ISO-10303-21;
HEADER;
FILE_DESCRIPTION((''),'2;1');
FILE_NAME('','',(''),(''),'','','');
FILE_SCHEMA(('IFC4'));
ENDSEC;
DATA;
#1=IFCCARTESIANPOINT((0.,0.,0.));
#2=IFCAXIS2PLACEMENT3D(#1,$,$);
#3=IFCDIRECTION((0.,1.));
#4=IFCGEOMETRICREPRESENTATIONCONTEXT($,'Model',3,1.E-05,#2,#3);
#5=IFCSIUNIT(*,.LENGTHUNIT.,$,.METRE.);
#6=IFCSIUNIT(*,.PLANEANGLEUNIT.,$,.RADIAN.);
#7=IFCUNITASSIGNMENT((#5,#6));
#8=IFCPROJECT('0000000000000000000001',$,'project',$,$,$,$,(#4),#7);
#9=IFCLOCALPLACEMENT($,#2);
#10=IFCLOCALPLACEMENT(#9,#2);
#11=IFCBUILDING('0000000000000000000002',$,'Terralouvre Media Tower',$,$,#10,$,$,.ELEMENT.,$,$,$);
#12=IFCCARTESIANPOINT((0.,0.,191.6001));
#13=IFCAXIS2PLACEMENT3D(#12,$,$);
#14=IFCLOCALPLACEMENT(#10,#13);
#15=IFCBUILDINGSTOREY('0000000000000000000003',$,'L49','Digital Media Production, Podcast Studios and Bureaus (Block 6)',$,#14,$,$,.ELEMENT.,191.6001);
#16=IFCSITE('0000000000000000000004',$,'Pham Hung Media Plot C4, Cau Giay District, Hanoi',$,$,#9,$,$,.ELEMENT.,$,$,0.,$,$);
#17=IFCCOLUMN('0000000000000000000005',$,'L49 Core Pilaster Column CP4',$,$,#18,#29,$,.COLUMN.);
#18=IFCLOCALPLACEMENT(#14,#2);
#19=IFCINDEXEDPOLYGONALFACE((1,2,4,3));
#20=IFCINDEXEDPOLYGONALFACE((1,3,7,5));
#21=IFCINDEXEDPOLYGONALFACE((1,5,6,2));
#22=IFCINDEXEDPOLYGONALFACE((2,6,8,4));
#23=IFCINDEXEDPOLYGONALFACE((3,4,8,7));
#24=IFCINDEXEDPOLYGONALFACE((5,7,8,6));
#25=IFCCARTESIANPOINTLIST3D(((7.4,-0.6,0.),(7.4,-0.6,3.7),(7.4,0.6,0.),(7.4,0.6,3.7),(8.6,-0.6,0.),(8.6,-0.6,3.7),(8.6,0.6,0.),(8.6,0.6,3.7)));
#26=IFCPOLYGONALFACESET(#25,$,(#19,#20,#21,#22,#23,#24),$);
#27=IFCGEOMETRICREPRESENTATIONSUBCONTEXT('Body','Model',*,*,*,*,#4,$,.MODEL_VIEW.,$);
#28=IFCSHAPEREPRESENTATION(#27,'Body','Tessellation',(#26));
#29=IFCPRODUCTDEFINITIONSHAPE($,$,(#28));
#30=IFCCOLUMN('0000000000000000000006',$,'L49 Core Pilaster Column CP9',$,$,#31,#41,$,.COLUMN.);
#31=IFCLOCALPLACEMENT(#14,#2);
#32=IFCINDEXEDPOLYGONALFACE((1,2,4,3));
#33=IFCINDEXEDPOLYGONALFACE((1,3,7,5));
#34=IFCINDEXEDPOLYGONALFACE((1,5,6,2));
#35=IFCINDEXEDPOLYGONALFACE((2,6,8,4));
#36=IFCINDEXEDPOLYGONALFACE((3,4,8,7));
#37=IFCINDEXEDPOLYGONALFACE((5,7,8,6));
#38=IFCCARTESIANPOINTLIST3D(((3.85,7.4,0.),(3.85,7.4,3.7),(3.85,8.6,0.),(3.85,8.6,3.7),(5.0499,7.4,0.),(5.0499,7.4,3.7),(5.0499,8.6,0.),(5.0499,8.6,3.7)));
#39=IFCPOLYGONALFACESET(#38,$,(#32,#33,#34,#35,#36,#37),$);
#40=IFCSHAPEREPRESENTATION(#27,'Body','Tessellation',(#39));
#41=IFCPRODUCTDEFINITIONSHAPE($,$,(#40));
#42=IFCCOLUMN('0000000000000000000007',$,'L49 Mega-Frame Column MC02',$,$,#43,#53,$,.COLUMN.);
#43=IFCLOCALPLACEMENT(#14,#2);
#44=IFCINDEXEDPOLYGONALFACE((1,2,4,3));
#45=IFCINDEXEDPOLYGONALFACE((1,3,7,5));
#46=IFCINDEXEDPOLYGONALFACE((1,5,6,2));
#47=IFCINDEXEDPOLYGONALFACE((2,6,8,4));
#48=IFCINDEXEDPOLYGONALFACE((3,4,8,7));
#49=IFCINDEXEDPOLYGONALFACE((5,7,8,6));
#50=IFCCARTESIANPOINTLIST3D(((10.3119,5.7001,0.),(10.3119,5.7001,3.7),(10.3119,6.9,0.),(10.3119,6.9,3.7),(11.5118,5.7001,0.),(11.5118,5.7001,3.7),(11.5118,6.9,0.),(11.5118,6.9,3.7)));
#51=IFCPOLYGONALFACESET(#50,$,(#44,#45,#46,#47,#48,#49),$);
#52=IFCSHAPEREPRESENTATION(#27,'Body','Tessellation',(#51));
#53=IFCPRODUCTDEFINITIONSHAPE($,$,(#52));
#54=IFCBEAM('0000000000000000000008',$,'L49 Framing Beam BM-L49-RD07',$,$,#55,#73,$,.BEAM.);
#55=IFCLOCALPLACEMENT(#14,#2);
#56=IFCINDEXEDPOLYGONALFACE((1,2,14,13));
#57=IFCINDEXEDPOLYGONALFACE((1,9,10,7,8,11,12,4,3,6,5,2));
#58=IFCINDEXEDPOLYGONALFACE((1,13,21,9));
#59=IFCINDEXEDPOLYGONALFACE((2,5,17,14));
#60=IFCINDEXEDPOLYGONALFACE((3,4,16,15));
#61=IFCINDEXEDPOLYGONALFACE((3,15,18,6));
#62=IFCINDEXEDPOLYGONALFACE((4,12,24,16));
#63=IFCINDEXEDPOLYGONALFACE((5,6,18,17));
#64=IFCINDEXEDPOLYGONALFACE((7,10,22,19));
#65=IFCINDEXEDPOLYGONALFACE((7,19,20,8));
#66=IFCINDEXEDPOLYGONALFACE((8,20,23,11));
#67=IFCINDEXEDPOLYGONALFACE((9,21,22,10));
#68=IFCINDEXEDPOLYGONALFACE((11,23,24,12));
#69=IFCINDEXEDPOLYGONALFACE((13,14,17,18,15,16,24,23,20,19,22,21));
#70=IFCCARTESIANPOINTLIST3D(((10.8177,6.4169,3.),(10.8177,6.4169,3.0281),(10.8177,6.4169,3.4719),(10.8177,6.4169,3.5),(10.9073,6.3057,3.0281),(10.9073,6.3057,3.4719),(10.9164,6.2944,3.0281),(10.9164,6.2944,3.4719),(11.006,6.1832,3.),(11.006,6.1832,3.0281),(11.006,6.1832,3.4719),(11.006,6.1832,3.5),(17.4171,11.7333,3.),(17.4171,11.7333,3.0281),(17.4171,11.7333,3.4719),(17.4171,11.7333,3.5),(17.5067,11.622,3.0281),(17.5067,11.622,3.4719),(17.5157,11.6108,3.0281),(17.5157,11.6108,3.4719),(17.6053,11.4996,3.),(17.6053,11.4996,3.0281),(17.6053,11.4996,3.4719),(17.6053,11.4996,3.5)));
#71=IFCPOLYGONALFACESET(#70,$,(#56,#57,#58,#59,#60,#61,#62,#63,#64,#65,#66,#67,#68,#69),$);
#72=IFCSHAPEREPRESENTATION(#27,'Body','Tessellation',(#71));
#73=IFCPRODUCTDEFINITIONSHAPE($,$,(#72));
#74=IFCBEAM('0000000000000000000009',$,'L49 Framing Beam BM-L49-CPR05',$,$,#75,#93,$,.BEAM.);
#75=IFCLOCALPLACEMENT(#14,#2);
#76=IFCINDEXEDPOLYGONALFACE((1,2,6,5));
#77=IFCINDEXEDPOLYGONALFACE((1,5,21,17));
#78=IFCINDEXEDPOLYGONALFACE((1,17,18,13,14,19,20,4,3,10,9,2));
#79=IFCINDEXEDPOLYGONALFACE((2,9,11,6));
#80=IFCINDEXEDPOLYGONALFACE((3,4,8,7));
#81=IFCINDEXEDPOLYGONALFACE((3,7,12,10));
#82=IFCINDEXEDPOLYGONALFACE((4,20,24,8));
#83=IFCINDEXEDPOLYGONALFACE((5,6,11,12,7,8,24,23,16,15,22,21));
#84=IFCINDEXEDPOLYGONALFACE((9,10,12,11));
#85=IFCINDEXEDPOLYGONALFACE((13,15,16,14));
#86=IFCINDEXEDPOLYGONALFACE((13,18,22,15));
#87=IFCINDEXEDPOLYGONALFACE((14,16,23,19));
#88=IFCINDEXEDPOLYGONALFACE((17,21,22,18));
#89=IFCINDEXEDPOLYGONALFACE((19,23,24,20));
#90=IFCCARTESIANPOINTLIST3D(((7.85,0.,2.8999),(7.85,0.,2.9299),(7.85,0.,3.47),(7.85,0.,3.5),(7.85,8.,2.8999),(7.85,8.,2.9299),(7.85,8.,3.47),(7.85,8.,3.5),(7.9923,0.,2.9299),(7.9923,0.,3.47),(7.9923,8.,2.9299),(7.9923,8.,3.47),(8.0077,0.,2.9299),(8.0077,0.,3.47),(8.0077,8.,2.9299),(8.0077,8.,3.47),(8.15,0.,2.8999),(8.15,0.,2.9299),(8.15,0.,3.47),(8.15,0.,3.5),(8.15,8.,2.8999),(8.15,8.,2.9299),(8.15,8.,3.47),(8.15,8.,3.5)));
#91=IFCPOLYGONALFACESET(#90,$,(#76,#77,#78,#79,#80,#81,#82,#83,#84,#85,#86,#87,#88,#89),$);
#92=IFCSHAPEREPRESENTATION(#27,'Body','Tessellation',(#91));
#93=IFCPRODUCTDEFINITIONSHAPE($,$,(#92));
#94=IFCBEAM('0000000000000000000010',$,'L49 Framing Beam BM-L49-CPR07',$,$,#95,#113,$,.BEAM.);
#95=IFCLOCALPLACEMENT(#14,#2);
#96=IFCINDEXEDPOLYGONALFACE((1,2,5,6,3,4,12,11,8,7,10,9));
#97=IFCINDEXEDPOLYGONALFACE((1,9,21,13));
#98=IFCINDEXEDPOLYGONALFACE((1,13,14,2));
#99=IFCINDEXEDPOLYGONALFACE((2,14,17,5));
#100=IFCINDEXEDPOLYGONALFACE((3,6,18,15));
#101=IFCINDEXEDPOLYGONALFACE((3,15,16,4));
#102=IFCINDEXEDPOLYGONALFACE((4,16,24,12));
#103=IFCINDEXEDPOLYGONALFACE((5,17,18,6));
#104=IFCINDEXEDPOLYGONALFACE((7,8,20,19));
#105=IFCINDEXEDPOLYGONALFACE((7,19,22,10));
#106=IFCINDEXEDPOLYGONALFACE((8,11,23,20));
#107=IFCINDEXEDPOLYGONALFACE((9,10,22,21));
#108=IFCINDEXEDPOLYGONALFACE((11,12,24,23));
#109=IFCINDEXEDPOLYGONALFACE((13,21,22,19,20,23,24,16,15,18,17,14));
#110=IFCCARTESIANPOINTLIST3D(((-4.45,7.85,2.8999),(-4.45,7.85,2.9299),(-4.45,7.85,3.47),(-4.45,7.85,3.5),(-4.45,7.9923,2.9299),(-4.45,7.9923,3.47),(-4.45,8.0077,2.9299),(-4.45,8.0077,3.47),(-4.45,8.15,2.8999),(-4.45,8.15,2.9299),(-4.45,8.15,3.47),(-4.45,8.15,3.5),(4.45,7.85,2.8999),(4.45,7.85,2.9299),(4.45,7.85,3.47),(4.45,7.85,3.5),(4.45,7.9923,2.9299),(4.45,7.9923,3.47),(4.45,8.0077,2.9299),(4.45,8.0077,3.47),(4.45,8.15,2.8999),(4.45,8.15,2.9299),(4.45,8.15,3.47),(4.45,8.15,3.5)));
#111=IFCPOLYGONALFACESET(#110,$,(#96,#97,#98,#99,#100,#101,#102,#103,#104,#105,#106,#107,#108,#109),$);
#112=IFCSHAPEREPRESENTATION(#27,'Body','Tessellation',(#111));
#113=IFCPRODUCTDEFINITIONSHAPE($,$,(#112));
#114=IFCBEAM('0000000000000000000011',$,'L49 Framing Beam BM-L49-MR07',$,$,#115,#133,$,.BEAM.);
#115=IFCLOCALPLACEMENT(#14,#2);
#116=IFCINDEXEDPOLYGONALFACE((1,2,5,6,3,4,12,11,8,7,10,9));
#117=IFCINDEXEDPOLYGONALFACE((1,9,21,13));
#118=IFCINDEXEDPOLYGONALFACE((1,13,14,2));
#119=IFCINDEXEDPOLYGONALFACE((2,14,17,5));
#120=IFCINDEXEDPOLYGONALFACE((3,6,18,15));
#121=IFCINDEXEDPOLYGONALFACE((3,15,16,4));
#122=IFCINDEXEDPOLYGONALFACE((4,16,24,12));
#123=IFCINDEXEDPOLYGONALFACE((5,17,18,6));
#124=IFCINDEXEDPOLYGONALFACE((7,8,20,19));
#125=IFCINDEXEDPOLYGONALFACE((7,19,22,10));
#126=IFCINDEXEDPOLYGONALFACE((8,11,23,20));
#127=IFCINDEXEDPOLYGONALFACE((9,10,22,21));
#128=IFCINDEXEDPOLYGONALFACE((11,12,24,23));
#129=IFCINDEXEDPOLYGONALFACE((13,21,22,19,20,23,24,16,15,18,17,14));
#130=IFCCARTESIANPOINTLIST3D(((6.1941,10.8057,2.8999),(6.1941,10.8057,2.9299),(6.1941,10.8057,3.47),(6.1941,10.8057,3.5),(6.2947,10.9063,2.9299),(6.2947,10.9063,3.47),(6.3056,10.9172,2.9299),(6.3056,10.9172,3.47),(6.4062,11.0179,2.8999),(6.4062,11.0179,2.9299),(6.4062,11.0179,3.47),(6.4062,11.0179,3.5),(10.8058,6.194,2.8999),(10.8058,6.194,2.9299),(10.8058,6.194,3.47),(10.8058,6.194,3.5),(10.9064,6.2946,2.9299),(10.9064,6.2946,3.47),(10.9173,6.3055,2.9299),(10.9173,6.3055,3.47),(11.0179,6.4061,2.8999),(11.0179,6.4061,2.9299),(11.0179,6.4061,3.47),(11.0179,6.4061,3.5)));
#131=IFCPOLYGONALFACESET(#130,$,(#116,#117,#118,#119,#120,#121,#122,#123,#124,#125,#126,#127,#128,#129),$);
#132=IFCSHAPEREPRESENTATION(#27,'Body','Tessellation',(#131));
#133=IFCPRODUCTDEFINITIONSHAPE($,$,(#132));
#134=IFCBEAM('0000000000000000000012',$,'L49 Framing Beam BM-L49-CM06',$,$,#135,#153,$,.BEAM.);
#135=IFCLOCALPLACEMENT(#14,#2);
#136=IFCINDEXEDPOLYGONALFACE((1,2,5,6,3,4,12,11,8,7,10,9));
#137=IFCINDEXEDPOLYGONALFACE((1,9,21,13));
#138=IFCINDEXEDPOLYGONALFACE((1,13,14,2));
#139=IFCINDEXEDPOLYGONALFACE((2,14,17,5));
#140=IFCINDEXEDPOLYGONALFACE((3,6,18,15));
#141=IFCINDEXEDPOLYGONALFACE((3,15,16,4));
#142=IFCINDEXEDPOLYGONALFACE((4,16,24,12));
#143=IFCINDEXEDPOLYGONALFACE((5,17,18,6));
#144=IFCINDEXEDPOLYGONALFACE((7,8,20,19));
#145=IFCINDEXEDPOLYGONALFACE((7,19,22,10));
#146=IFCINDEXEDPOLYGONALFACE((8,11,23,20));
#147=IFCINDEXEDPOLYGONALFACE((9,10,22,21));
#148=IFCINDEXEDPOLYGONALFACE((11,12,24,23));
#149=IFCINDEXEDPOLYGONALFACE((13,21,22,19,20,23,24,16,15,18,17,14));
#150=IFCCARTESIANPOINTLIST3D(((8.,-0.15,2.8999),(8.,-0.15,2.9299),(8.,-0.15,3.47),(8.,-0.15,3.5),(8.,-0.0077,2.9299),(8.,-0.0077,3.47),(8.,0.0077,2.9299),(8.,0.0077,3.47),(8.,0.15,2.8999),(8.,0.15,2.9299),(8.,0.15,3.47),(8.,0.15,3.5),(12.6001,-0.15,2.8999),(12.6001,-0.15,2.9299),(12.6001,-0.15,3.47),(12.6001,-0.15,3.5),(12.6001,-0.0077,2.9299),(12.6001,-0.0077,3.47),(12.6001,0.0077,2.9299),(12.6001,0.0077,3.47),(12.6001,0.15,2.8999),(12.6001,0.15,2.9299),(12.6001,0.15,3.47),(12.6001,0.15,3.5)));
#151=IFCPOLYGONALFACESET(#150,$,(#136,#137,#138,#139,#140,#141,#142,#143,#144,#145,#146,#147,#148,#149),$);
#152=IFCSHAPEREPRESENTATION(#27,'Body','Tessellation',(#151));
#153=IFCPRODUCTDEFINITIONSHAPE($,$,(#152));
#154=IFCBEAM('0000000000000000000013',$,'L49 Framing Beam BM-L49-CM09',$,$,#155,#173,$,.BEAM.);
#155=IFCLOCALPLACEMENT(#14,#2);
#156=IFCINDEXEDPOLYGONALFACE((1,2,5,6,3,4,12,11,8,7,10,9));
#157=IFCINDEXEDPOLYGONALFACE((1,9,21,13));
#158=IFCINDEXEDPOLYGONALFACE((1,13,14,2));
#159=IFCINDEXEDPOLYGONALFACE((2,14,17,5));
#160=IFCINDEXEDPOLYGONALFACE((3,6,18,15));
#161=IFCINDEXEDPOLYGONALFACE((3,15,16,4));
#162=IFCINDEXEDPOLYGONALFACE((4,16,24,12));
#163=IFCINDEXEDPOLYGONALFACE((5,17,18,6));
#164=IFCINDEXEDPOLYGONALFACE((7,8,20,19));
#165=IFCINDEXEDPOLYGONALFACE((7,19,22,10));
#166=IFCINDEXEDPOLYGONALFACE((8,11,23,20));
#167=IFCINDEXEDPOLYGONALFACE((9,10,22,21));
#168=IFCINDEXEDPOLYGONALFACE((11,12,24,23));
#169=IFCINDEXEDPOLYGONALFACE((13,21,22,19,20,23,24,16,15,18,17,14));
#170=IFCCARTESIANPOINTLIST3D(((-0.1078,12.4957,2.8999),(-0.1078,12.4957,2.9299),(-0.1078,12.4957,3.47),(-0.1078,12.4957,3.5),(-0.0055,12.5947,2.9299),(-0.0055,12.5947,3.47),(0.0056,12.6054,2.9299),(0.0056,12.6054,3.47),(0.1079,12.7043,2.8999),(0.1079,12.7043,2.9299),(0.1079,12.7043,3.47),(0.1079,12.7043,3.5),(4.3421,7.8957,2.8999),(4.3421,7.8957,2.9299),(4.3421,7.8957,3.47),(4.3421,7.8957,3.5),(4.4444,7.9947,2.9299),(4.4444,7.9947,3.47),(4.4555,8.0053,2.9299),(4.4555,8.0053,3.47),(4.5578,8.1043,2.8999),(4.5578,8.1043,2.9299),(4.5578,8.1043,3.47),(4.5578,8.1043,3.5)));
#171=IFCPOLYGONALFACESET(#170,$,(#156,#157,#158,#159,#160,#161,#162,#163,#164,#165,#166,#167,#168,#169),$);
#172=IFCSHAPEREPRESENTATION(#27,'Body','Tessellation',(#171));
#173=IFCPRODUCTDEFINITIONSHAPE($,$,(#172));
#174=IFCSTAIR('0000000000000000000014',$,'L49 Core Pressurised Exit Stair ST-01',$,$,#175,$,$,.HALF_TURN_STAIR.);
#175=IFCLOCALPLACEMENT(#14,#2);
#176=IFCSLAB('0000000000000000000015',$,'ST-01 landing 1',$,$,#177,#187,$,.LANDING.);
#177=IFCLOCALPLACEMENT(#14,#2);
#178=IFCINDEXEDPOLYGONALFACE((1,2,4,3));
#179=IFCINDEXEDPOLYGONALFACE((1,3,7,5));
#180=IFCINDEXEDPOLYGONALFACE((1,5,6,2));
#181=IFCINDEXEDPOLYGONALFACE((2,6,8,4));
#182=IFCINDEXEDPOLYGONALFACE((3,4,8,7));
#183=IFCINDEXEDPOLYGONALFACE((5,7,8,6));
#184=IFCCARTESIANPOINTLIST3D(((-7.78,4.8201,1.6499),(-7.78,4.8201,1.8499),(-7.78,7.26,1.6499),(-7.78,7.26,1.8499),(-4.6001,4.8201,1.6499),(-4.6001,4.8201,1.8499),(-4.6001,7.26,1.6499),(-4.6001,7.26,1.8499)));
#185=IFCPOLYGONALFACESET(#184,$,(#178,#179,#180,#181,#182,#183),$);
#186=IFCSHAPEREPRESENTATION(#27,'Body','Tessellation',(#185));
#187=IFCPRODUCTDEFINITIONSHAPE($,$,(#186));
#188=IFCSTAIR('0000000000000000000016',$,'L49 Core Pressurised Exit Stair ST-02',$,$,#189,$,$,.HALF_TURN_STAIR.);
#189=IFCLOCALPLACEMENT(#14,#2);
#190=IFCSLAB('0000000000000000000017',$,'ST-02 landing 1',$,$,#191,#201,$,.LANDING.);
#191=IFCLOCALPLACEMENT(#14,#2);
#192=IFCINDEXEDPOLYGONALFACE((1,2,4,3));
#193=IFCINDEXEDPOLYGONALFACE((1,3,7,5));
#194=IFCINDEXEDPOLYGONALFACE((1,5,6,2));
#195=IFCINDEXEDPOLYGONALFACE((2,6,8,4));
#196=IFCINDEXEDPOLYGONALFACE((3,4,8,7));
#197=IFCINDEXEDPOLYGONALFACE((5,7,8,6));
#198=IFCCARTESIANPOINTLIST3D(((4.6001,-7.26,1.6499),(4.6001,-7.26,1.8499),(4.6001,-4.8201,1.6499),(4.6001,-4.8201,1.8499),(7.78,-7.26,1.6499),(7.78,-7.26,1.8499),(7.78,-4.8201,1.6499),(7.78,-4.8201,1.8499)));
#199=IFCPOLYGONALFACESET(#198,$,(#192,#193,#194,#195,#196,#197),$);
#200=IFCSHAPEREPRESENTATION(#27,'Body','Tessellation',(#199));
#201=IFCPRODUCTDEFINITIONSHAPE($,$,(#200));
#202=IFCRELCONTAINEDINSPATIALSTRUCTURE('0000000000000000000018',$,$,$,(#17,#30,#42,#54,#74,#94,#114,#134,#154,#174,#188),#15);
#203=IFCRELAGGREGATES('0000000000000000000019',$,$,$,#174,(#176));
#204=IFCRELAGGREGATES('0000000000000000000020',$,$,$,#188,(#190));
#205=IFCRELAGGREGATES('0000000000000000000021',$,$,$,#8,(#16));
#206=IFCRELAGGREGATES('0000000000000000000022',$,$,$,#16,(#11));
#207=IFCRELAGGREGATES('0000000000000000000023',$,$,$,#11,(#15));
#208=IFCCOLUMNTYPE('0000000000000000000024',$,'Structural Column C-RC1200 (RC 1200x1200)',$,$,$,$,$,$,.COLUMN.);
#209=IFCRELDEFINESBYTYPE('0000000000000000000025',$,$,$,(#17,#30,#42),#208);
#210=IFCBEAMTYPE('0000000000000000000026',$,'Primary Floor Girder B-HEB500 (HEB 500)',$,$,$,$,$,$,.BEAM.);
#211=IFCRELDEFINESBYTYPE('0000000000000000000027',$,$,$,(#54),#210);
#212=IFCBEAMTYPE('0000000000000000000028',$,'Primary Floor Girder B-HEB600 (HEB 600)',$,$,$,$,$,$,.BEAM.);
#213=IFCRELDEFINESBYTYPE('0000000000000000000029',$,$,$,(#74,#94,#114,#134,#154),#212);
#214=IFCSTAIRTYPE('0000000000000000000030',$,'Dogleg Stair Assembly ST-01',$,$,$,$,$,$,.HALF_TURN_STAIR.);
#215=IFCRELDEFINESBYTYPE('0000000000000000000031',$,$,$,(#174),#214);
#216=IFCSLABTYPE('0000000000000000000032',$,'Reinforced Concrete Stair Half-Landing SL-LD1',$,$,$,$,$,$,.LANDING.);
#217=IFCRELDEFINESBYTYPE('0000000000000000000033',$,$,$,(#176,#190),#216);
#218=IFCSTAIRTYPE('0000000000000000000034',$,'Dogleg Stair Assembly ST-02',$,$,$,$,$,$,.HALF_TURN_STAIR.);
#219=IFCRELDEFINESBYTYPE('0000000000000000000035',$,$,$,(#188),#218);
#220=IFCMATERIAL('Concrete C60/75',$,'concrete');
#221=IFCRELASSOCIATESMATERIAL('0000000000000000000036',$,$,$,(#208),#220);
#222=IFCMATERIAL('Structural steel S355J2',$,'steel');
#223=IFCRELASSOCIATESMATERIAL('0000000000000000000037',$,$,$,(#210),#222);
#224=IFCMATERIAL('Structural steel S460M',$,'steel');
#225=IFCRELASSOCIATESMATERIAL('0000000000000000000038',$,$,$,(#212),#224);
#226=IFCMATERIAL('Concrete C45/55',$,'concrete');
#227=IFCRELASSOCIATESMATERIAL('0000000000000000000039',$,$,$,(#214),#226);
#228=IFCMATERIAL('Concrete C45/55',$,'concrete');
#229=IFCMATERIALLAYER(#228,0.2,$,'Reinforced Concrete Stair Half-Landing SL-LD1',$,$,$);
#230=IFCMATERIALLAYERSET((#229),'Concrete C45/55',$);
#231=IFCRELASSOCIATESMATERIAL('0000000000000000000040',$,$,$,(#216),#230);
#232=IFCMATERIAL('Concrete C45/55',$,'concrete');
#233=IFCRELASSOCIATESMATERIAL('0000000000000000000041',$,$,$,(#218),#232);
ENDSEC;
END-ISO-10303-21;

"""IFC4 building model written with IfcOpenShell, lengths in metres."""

from ifc_helpers import new_model, si_unit, direction, frame, origin, origin_2d, place, context, subcontext, project, spatial, polyline, rectangle, i_section, outline, extrude, material, layer, layer_set, material_profile, profile_set, type_object, element, aggregate, save


model = new_model("IFC4")

# Units and contexts
model_context = context("Model", 3, precision=1e-05, world=origin(), true_north=direction((0.0, 1.0)))
body_context = subcontext(model_context, "Body", "Model", "MODEL_VIEW")
ifc_project = project(units=[si_unit("LENGTHUNIT", "METRE"), si_unit("PLANEANGLEUNIT", "RADIAN")], contexts=[model_context])

# Site, building, storey
site_placement = place(None, origin())
site = spatial("IfcSite", under=ifc_project, at=site_placement, Name="Pham Hung Media Plot C4, Cau Giay District, Hanoi", CompositionType="ELEMENT", RefElevation=0.0)
building_placement = place(site_placement, origin())
building = spatial("IfcBuilding", under=site, at=building_placement, Name="Terralouvre Media Tower", CompositionType="ELEMENT")
storey_placement = place(building_placement, frame((0.0, 0.0, 191.6001)))
storey = spatial("IfcBuildingStorey", under=building, at=storey_placement, Name="L49", Description="Digital Media Production, Podcast Studios and Bureaus (Block 6)", CompositionType="ELEMENT", Elevation=191.6001)

# Columns
ifc_material_1 = material(Name="Concrete C60/75", Category="concrete")
ifc_material_profile_1 = material_profile(ifc_material_1, rectangle(XDim=1.2, YDim=1.2, at=origin_2d()), Name="RC 1200x1200")
ifc_profile_set_1 = profile_set([ifc_material_profile_1], Name="Concrete C60/75")
column_type = type_object("IfcColumnType", Name="Structural Column C-RC1200 (RC 1200x1200)", PredefinedType="COLUMN", material=ifc_profile_set_1)
for number, where, z_axis, x_axis, name in (
    (1, (8.0, 0.0, 0.0), (0.0, 0.0, 1.0), (1.0, 0.0, 0.0), "L49 Core Pilaster Column CP4"),
    (2, (4.45, 8.0, 0.0), (0.0, 0.0, 1.0), (1.0, 0.0, 0.0), "L49 Core Pilaster Column CP9"),
    (3, (10.9119, 6.3, 0.0), (0.0, 0.0, 1.0), (1.0, 0.0, 0.0), "L49 Mega-Frame Column MC02"),
):
    element("IfcColumn", number, at=place(storey_placement, frame(where, z_axis=z_axis, x_axis=x_axis)), inside=storey, type_object=column_type, Name=name, PredefinedType="COLUMN", context=body_context, shape_type="SweptSolid", body=[
        extrude(rectangle(XDim=1.2, YDim=1.2, at=origin_2d()), origin(), (0.0, 0.0, 1.0), 3.7),
    ])

# Beams
ifc_material_2 = material(Name="Structural steel S355J2", Category="steel")
ifc_material_profile_2 = material_profile(ifc_material_2, i_section(OverallWidth=0.3, OverallDepth=0.5, WebThickness=0.0144, FlangeThickness=0.0281, at=origin_2d()), Name="HEB 500")
ifc_profile_set_2 = profile_set([ifc_material_profile_2], Name="Structural steel S355J2")
beam_type_1 = type_object("IfcBeamType", Name="Primary Floor Girder B-HEB500 (HEB 500)", PredefinedType="BEAM", material=ifc_profile_set_2)
beam_1_placement = place(storey_placement, frame((10.9119, 6.3, 3.25), z_axis=(0.778739, 0.627347, 0.0), x_axis=(-0.627347, 0.778739, 0.0)))
element("IfcBeam", 4, at=beam_1_placement, inside=storey, type_object=beam_type_1, Name="L49 Framing Beam BM-L49-RD07", PredefinedType="BEAM", context=body_context, shape_type="SweptSolid", body=[
    extrude(i_section(OverallWidth=0.3, OverallDepth=0.5, WebThickness=0.0144, FlangeThickness=0.0281, at=origin_2d()), origin(), (0.0, 0.0, 1.0), 8.4744),
])
ifc_material_3 = material(Name="Structural steel S460M", Category="steel")
ifc_material_profile_3 = material_profile(ifc_material_3, i_section(OverallWidth=0.3, OverallDepth=0.6001, WebThickness=0.0154, FlangeThickness=0.03, at=origin_2d()), Name="HEB 600")
ifc_profile_set_3 = profile_set([ifc_material_profile_3], Name="Structural steel S460M")
beam_type_2 = type_object("IfcBeamType", Name="Primary Floor Girder B-HEB600 (HEB 600)", PredefinedType="BEAM", material=ifc_profile_set_3)
beam_2_placement = place(storey_placement, frame((8.0, 0.0, 3.2), z_axis=(0.0, 1.0, 0.0), x_axis=(-1.0, 0.0, 0.0)))
element("IfcBeam", 5, at=beam_2_placement, inside=storey, type_object=beam_type_2, Name="L49 Framing Beam BM-L49-CPR05", PredefinedType="BEAM", context=body_context, shape_type="SweptSolid", body=[
    extrude(i_section(OverallWidth=0.3, OverallDepth=0.6001, WebThickness=0.0154, FlangeThickness=0.03, at=origin_2d()), origin(), (0.0, 0.0, 1.0), 8.0),
])
beam_3_placement = place(storey_placement, frame((4.45, 8.0, 3.2), z_axis=(-1.0, 0.0, 0.0), x_axis=(0.0, -1.0, 0.0)))
element("IfcBeam", 6, at=beam_3_placement, inside=storey, type_object=beam_type_2, Name="L49 Framing Beam BM-L49-CPR07", PredefinedType="BEAM", context=body_context, shape_type="SweptSolid", body=[
    extrude(i_section(OverallWidth=0.3, OverallDepth=0.6001, WebThickness=0.0154, FlangeThickness=0.03, at=origin_2d()), origin(), (0.0, 0.0, 1.0), 8.8999),
])
beam_4_placement = place(storey_placement, frame((10.9119, 6.3, 3.2), z_axis=(-0.707107, 0.707107, 0.0), x_axis=(-0.707107, -0.707107, 0.0)))
element("IfcBeam", 7, at=beam_4_placement, inside=storey, type_object=beam_type_2, Name="L49 Framing Beam BM-L49-MR07", PredefinedType="BEAM", context=body_context, shape_type="SweptSolid", body=[
    extrude(i_section(OverallWidth=0.3, OverallDepth=0.6001, WebThickness=0.0154, FlangeThickness=0.03, at=origin_2d()), origin(), (0.0, 0.0, 1.0), 6.522),
])
beam_5_placement = place(storey_placement, frame((8.0, 0.0, 3.2), z_axis=(1.0, 0.0, 0.0), x_axis=(0.0, 1.0, 0.0)))
element("IfcBeam", 8, at=beam_5_placement, inside=storey, type_object=beam_type_2, Name="L49 Framing Beam BM-L49-CM06", PredefinedType="BEAM", context=body_context, shape_type="SweptSolid", body=[
    extrude(i_section(OverallWidth=0.3, OverallDepth=0.6001, WebThickness=0.0154, FlangeThickness=0.03, at=origin_2d()), origin(), (0.0, 0.0, 1.0), 4.6001),
])
beam_6_placement = place(storey_placement, frame((4.45, 8.0, 3.2), z_axis=(-0.69528, 0.718739, 0.0), x_axis=(-0.718739, -0.69528, 0.0)))
element("IfcBeam", 9, at=beam_6_placement, inside=storey, type_object=beam_type_2, Name="L49 Framing Beam BM-L49-CM09", PredefinedType="BEAM", context=body_context, shape_type="SweptSolid", body=[
    extrude(i_section(OverallWidth=0.3, OverallDepth=0.6001, WebThickness=0.0154, FlangeThickness=0.03, at=origin_2d()), origin(), (0.0, 0.0, 1.0), 6.4001),
])

# Stairs, slabs
ifc_material_4 = material(Name="Concrete C45/55", Category="concrete")
stair_type_1 = type_object("IfcStairType", Name="Dogleg Stair Assembly ST-01", PredefinedType="HALF_TURN_STAIR", material=ifc_material_4)
stair_1_placement = place(storey_placement, origin())
stair_1 = element("IfcStair", 10, at=stair_1_placement, inside=storey, type_object=stair_type_1, Name="L49 Core Pressurised Exit Stair ST-01", PredefinedType="HALF_TURN_STAIR")
ifc_material_5 = material(Name="Concrete C45/55", Category="concrete")
ifc_layer_1 = layer(ifc_material_5, 0.2, Name="Reinforced Concrete Stair Half-Landing SL-LD1")
ifc_layer_set_1 = layer_set([ifc_layer_1], Name="Concrete C45/55")
slab_type = type_object("IfcSlabType", Name="Reinforced Concrete Stair Half-Landing SL-LD1", PredefinedType="LANDING", material=ifc_layer_set_1)
slab_1_placement = place(storey_placement, frame((0.0, 0.0, 1.6499)))
slab_1 = element("IfcSlab", 11, at=slab_1_placement, type_object=slab_type, Name="ST-01 landing 1", PredefinedType="LANDING", context=body_context, shape_type="SweptSolid", body=[
    extrude(outline(polyline([(-4.6001, 4.8201), (-4.6001, 7.26), (-7.78, 7.26), (-7.78, 4.8201), (-4.6001, 4.8201)])), origin(), (0.0, 0.0, 1.0), 0.2),
])
aggregate(stair_1, [slab_1])
ifc_material_6 = material(Name="Concrete C45/55", Category="concrete")
stair_type_2 = type_object("IfcStairType", Name="Dogleg Stair Assembly ST-02", PredefinedType="HALF_TURN_STAIR", material=ifc_material_6)
stair_2_placement = place(storey_placement, origin())
stair_2 = element("IfcStair", 12, at=stair_2_placement, inside=storey, type_object=stair_type_2, Name="L49 Core Pressurised Exit Stair ST-02", PredefinedType="HALF_TURN_STAIR")
slab_2_placement = place(storey_placement, frame((0.0, 0.0, 1.6499)))
slab_2 = element("IfcSlab", 13, at=slab_2_placement, type_object=slab_type, Name="ST-02 landing 1", PredefinedType="LANDING", context=body_context, shape_type="SweptSolid", body=[
    extrude(outline(polyline([(4.6001, -4.8201), (4.6001, -7.26), (7.78, -7.26), (7.78, -4.8201), (4.6001, -4.8201)])), origin(), (0.0, 0.0, 1.0), 0.2),
])
aggregate(stair_2, [slab_2])

save(model, "model.ifc")
